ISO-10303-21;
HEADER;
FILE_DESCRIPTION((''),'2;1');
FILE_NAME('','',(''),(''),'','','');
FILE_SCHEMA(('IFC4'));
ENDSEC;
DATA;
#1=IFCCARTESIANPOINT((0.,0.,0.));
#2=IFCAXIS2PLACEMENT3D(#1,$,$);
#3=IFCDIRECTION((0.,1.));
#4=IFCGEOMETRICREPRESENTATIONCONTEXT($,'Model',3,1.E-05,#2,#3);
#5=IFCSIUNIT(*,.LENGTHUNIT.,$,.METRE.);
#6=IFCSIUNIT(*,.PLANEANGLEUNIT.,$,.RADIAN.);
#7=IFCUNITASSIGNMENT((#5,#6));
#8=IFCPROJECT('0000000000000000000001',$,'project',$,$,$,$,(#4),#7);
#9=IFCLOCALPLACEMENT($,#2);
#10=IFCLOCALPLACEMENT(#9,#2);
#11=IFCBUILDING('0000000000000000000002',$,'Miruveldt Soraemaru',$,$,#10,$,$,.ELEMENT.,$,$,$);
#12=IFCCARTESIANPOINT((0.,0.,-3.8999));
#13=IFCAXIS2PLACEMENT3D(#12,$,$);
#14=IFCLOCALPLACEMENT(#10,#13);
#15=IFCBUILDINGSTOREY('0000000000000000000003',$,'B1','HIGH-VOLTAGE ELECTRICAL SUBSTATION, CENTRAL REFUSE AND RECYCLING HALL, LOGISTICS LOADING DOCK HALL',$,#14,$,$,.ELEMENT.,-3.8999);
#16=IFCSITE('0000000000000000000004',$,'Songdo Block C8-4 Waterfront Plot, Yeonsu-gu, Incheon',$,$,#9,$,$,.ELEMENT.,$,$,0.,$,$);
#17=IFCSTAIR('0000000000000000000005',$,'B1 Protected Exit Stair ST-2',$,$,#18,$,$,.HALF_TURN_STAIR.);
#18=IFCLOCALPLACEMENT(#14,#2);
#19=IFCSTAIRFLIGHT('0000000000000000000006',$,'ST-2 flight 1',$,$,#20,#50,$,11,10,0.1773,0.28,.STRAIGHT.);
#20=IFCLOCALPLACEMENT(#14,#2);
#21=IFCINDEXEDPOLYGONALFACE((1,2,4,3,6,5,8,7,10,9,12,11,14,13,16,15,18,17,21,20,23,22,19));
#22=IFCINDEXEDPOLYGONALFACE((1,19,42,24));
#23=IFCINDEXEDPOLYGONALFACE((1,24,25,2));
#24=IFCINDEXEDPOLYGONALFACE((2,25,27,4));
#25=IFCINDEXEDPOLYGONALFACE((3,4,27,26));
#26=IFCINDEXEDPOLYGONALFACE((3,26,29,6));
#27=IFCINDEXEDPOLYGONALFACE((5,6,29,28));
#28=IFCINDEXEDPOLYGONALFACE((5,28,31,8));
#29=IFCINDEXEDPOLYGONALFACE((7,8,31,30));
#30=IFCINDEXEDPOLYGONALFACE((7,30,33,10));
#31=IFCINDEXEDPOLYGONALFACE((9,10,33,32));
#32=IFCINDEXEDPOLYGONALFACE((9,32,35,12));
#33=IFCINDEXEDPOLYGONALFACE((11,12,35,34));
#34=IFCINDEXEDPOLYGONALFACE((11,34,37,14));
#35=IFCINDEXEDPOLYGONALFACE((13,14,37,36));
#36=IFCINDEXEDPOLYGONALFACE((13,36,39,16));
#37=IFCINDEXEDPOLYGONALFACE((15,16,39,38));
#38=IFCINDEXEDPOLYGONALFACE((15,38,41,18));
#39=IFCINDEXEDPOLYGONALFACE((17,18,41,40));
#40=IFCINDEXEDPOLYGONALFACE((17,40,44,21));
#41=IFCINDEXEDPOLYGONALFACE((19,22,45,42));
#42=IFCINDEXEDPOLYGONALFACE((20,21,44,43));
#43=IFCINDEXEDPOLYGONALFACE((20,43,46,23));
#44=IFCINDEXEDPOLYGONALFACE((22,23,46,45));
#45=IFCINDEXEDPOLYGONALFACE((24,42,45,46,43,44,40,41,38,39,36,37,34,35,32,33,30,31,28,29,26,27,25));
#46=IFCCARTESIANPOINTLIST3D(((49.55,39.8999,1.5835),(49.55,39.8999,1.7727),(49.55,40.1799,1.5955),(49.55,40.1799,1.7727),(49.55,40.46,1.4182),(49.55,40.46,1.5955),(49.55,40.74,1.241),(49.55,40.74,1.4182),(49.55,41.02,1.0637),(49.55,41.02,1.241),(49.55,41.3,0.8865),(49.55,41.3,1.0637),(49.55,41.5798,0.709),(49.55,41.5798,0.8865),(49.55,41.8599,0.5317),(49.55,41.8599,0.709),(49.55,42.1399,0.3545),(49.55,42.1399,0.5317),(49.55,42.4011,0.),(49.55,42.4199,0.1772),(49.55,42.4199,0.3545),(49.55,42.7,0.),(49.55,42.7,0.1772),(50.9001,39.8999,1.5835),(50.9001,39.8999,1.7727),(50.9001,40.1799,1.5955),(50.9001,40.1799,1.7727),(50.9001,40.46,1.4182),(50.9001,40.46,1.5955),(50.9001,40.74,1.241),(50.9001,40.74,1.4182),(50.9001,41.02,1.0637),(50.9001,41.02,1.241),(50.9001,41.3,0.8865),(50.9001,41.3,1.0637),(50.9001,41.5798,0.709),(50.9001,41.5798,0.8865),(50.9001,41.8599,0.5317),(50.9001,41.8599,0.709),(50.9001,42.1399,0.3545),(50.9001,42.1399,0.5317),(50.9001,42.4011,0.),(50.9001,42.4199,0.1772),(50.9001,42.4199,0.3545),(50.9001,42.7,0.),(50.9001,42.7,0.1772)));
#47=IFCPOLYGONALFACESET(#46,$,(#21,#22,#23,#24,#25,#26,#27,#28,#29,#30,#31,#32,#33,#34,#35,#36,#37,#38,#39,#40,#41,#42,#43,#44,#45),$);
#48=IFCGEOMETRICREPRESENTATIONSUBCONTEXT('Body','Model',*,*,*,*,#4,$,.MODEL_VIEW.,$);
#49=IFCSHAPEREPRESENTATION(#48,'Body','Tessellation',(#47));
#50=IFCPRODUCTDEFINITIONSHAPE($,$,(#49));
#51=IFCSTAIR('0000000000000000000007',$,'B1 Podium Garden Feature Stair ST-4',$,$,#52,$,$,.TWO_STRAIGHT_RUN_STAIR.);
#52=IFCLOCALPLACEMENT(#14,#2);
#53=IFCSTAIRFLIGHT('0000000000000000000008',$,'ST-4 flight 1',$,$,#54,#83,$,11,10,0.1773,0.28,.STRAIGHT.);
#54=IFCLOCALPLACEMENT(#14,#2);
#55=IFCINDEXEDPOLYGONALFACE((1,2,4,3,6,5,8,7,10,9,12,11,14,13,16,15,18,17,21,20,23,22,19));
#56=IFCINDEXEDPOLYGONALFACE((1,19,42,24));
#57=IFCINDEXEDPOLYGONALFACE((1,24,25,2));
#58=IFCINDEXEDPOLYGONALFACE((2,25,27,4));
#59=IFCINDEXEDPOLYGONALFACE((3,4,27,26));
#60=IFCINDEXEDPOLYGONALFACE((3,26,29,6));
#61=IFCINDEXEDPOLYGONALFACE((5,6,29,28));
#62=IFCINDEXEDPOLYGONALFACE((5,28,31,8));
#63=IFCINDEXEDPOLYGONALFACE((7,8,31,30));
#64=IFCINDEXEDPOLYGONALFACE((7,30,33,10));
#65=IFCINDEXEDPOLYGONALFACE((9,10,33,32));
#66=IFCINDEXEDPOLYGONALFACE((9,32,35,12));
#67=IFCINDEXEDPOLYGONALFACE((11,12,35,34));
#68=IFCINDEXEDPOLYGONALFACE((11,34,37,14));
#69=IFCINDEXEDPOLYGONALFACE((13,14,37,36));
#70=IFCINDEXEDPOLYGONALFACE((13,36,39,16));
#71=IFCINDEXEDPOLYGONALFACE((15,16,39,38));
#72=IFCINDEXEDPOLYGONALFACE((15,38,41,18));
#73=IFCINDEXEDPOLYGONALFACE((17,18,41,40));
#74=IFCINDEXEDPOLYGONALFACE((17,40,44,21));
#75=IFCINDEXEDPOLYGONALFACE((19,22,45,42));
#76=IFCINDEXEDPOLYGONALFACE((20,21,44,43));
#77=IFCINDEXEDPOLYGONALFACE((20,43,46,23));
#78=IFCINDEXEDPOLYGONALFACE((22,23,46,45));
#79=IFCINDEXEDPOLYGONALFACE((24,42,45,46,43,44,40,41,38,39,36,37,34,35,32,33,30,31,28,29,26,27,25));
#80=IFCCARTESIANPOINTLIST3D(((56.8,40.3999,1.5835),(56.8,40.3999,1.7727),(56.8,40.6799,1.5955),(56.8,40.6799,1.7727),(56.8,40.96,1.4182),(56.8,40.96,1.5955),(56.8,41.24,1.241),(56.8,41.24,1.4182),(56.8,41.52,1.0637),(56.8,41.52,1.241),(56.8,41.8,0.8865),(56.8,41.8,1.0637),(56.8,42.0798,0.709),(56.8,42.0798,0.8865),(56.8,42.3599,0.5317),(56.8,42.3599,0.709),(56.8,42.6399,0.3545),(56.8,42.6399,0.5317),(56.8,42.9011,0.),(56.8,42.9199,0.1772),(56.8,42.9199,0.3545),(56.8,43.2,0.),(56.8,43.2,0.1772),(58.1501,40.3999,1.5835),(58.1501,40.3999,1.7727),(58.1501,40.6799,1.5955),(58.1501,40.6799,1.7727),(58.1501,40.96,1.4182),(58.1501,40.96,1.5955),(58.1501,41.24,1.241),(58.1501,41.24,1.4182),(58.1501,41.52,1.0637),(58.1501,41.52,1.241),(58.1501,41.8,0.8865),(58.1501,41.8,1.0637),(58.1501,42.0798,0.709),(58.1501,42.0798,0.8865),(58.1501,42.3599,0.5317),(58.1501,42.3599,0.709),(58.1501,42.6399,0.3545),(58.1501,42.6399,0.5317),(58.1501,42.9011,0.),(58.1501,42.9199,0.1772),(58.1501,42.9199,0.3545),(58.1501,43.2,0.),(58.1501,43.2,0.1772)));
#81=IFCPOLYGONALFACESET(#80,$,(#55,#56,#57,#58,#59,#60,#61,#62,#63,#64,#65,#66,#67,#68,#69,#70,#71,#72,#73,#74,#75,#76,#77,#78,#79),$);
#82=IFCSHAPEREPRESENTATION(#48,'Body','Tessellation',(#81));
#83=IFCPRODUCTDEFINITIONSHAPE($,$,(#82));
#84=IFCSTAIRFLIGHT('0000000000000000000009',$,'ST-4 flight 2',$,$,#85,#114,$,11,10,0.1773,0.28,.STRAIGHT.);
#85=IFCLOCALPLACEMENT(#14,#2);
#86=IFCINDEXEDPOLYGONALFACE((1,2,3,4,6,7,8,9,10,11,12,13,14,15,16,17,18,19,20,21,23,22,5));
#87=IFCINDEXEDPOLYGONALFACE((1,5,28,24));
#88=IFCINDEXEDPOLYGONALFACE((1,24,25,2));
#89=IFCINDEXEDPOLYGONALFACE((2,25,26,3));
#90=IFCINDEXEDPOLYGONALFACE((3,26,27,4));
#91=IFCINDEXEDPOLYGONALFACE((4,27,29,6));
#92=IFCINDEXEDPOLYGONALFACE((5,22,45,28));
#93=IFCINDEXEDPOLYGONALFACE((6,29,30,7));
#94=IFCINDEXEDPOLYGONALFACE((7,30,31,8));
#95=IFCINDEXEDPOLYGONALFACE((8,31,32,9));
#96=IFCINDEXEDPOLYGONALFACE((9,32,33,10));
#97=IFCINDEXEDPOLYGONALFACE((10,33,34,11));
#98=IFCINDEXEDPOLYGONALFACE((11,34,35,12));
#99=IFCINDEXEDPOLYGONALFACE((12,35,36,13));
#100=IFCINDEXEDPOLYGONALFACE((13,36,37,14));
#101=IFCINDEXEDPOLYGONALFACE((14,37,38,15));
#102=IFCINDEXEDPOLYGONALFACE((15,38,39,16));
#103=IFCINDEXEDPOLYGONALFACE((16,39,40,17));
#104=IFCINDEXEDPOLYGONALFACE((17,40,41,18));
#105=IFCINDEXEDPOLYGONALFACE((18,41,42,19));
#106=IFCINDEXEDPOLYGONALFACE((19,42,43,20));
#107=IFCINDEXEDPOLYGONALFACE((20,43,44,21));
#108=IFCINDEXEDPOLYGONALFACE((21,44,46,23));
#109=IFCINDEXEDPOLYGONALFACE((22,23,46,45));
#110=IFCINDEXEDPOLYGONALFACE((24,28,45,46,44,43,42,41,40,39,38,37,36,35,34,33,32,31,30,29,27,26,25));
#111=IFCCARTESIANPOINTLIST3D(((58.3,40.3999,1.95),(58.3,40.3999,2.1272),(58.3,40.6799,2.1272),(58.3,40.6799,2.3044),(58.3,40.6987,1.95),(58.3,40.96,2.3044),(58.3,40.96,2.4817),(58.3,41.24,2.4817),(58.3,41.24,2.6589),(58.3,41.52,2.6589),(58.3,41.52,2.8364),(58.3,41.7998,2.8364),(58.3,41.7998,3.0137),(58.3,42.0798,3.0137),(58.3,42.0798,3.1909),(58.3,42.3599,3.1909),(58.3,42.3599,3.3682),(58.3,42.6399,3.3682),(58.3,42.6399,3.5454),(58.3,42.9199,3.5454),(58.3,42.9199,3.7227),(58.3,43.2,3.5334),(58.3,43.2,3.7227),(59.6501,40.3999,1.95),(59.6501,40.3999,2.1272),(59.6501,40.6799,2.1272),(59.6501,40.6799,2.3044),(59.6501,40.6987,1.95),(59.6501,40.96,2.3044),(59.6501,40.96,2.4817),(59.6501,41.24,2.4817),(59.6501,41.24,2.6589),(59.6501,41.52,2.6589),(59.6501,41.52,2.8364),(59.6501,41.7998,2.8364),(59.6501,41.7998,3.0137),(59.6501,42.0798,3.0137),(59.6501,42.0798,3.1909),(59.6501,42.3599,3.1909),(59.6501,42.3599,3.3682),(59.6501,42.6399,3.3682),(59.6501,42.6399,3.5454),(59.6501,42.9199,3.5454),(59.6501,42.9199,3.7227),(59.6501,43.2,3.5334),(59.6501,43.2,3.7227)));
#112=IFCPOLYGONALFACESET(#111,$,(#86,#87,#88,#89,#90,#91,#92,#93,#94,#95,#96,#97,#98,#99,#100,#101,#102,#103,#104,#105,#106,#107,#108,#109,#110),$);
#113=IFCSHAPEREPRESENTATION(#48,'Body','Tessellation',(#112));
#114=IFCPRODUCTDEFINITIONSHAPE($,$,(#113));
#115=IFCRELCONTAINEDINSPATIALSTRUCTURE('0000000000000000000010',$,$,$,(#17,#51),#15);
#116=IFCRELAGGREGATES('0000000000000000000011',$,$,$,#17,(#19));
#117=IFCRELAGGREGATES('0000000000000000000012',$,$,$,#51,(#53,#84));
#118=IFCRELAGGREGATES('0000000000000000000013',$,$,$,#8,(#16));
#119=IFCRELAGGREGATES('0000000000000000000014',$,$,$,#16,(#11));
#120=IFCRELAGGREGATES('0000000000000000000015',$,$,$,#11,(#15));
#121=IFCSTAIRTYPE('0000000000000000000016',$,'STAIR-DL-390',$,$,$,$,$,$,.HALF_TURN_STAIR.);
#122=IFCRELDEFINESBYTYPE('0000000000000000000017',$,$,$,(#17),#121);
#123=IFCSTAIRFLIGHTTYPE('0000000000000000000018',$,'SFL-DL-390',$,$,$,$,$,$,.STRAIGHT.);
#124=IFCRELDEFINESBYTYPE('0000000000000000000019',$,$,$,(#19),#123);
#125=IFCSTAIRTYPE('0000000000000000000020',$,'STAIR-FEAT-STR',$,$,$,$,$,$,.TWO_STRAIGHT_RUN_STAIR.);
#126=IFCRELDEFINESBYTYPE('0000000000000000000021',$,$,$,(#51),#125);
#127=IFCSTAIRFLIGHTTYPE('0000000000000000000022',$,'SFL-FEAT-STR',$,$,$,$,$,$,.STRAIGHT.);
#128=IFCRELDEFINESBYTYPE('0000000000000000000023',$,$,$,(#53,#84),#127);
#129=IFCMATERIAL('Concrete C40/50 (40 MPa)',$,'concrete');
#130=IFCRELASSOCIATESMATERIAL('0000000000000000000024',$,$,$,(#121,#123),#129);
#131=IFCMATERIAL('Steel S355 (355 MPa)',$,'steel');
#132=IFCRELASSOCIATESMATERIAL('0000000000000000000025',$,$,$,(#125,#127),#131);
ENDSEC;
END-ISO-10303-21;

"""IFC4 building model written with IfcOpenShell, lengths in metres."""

from ifc_helpers import new_model, si_unit, direction, frame, origin, place, context, subcontext, project, spatial, polyline, outline, extrude, material, type_object, element, aggregate, save


model = new_model("IFC4")

# Units and contexts
model_context = context("Model", 3, precision=1e-05, world=origin(), true_north=direction((0.0, 1.0)))
body_context = subcontext(model_context, "Body", "Model", "MODEL_VIEW")
ifc_project = project(units=[si_unit("LENGTHUNIT", "METRE"), si_unit("PLANEANGLEUNIT", "RADIAN")], contexts=[model_context])

# Site, building, storey
site_placement = place(None, origin())
site = spatial("IfcSite", under=ifc_project, at=site_placement, Name="Songdo Block C8-4 Waterfront Plot, Yeonsu-gu, Incheon", CompositionType="ELEMENT", RefElevation=0.0)
building_placement = place(site_placement, origin())
building = spatial("IfcBuilding", under=site, at=building_placement, Name="Miruveldt Soraemaru", CompositionType="ELEMENT")
storey_placement = place(building_placement, frame((0.0, 0.0, -3.8999)))
storey = spatial("IfcBuildingStorey", under=building, at=storey_placement, Name="B1", Description="HIGH-VOLTAGE ELECTRICAL SUBSTATION, CENTRAL REFUSE AND RECYCLING HALL, LOGISTICS LOADING DOCK HALL", CompositionType="ELEMENT", Elevation=-3.8999)

# Shared definitions
ifc_material_1 = material(Name="Concrete C40/50 (40 MPa)", Category="concrete")

# Stair, stair flight
stair_type_1 = type_object("IfcStairType", Name="STAIR-DL-390", PredefinedType="HALF_TURN_STAIR", material=ifc_material_1)
stair_1_placement = place(storey_placement, origin())
stair_1 = element("IfcStair", 1, at=stair_1_placement, inside=storey, type_object=stair_type_1, Name="B1 Protected Exit Stair ST-2", PredefinedType="HALF_TURN_STAIR")
stair_flight_type_1 = type_object("IfcStairFlightType", Name="SFL-DL-390", PredefinedType="STRAIGHT", material=ifc_material_1)
stair_flight_1_placement = place(storey_placement, frame((50.2251, 42.7, 0.0), z_axis=(0.0, 0.0, 1.0), x_axis=(0.0, -1.0, 0.0)))
stair_flight_1 = element("IfcStairFlight", 2, at=stair_flight_1_placement, type_object=stair_flight_type_1, Name="ST-2 flight 1", NumberOfRisers=11, NumberOfTreads=10, PredefinedType="STRAIGHT", RiserHeight=0.1773, TreadLength=0.28, context=body_context, shape_type="SweptSolid", body=[
    extrude(outline(polyline([(0.0, 0.0), (0.0, 0.1772), (0.28, 0.1772), (0.28, 0.3545), (0.5601, 0.3545), (0.5601, 0.5317), (0.8401, 0.5317), (0.8401, 0.709), (1.1201, 0.709), (1.1201, 0.8865), (1.3999, 0.8865), (1.3999, 1.0637), (1.6799, 1.0637), (1.6799, 1.241), (1.96, 1.241), (1.96, 1.4182), (2.24, 1.4182), (2.24, 1.5955), (2.52, 1.5955), (2.52, 1.7727), (2.8, 1.7727), (2.8, 1.95), (2.8, 1.5835), (0.2988, 0.0), (0.0, 0.0)])), frame((0.0, 0.675, 0.0), z_axis=(0.0, -1.0, 0.0), x_axis=(1.0, 0.0, 0.0)), (0.0, 0.0, 1.0), 1.3501),
])
aggregate(stair_1, [stair_flight_1])

# Stair, stair flights
ifc_material_2 = material(Name="Steel S355 (355 MPa)", Category="steel")
stair_type_2 = type_object("IfcStairType", Name="STAIR-FEAT-STR", PredefinedType="TWO_STRAIGHT_RUN_STAIR", material=ifc_material_2)
stair_2_placement = place(storey_placement, origin())
stair_2 = element("IfcStair", 3, at=stair_2_placement, inside=storey, type_object=stair_type_2, Name="B1 Podium Garden Feature Stair ST-4", PredefinedType="TWO_STRAIGHT_RUN_STAIR")
stair_flight_type_2 = type_object("IfcStairFlightType", Name="SFL-FEAT-STR", PredefinedType="STRAIGHT", material=ifc_material_2)
stair_flight_2_placement = place(storey_placement, frame((57.4751, 43.2, 0.0), z_axis=(0.0, 0.0, 1.0), x_axis=(0.0, -1.0, 0.0)))
stair_flight_2 = element("IfcStairFlight", 4, at=stair_flight_2_placement, type_object=stair_flight_type_2, Name="ST-4 flight 1", NumberOfRisers=11, NumberOfTreads=10, PredefinedType="STRAIGHT", RiserHeight=0.1773, TreadLength=0.28, context=body_context, shape_type="SweptSolid", body=[
    extrude(outline(polyline([(0.0, 0.0), (0.0, 0.1772), (0.28, 0.1772), (0.28, 0.3545), (0.5601, 0.3545), (0.5601, 0.5317), (0.8401, 0.5317), (0.8401, 0.709), (1.1201, 0.709), (1.1201, 0.8865), (1.3999, 0.8865), (1.3999, 1.0637), (1.6799, 1.0637), (1.6799, 1.241), (1.96, 1.241), (1.96, 1.4182), (2.24, 1.4182), (2.24, 1.5955), (2.52, 1.5955), (2.52, 1.7727), (2.8, 1.7727), (2.8, 1.95), (2.8, 1.5835), (0.2988, 0.0), (0.0, 0.0)])), frame((0.0, 0.675, 0.0), z_axis=(0.0, -1.0, 0.0), x_axis=(1.0, 0.0, 0.0)), (0.0, 0.0, 1.0), 1.3501),
])
stair_flight_3_placement = place(storey_placement, frame((58.9751, 40.3999, 1.95), z_axis=(0.0, 0.0, 1.0), x_axis=(0.0, 1.0, 0.0)))
stair_flight_3 = element("IfcStairFlight", 5, at=stair_flight_3_placement, type_object=stair_flight_type_2, Name="ST-4 flight 2", NumberOfRisers=11, NumberOfTreads=10, PredefinedType="STRAIGHT", RiserHeight=0.1773, TreadLength=0.28, context=body_context, shape_type="SweptSolid", body=[
    extrude(outline(polyline([(0.0, 0.0), (0.0, 0.1772), (0.28, 0.1772), (0.28, 0.3545), (0.5601, 0.3545), (0.5601, 0.5317), (0.8401, 0.5317), (0.8401, 0.709), (1.1201, 0.709), (1.1201, 0.8865), (1.3999, 0.8865), (1.3999, 1.0637), (1.6799, 1.0637), (1.6799, 1.241), (1.96, 1.241), (1.96, 1.4182), (2.24, 1.4182), (2.24, 1.5955), (2.52, 1.5955), (2.52, 1.7727), (2.8, 1.7727), (2.8, 1.95), (2.8, 1.5835), (0.2988, 0.0), (0.0, 0.0)])), frame((0.0, 0.675, 0.0), z_axis=(0.0, -1.0, 0.0), x_axis=(1.0, 0.0, 0.0)), (0.0, 0.0, 1.0), 1.3501),
])
aggregate(stair_2, [stair_flight_2, stair_flight_3])

save(model, "model.ifc")
